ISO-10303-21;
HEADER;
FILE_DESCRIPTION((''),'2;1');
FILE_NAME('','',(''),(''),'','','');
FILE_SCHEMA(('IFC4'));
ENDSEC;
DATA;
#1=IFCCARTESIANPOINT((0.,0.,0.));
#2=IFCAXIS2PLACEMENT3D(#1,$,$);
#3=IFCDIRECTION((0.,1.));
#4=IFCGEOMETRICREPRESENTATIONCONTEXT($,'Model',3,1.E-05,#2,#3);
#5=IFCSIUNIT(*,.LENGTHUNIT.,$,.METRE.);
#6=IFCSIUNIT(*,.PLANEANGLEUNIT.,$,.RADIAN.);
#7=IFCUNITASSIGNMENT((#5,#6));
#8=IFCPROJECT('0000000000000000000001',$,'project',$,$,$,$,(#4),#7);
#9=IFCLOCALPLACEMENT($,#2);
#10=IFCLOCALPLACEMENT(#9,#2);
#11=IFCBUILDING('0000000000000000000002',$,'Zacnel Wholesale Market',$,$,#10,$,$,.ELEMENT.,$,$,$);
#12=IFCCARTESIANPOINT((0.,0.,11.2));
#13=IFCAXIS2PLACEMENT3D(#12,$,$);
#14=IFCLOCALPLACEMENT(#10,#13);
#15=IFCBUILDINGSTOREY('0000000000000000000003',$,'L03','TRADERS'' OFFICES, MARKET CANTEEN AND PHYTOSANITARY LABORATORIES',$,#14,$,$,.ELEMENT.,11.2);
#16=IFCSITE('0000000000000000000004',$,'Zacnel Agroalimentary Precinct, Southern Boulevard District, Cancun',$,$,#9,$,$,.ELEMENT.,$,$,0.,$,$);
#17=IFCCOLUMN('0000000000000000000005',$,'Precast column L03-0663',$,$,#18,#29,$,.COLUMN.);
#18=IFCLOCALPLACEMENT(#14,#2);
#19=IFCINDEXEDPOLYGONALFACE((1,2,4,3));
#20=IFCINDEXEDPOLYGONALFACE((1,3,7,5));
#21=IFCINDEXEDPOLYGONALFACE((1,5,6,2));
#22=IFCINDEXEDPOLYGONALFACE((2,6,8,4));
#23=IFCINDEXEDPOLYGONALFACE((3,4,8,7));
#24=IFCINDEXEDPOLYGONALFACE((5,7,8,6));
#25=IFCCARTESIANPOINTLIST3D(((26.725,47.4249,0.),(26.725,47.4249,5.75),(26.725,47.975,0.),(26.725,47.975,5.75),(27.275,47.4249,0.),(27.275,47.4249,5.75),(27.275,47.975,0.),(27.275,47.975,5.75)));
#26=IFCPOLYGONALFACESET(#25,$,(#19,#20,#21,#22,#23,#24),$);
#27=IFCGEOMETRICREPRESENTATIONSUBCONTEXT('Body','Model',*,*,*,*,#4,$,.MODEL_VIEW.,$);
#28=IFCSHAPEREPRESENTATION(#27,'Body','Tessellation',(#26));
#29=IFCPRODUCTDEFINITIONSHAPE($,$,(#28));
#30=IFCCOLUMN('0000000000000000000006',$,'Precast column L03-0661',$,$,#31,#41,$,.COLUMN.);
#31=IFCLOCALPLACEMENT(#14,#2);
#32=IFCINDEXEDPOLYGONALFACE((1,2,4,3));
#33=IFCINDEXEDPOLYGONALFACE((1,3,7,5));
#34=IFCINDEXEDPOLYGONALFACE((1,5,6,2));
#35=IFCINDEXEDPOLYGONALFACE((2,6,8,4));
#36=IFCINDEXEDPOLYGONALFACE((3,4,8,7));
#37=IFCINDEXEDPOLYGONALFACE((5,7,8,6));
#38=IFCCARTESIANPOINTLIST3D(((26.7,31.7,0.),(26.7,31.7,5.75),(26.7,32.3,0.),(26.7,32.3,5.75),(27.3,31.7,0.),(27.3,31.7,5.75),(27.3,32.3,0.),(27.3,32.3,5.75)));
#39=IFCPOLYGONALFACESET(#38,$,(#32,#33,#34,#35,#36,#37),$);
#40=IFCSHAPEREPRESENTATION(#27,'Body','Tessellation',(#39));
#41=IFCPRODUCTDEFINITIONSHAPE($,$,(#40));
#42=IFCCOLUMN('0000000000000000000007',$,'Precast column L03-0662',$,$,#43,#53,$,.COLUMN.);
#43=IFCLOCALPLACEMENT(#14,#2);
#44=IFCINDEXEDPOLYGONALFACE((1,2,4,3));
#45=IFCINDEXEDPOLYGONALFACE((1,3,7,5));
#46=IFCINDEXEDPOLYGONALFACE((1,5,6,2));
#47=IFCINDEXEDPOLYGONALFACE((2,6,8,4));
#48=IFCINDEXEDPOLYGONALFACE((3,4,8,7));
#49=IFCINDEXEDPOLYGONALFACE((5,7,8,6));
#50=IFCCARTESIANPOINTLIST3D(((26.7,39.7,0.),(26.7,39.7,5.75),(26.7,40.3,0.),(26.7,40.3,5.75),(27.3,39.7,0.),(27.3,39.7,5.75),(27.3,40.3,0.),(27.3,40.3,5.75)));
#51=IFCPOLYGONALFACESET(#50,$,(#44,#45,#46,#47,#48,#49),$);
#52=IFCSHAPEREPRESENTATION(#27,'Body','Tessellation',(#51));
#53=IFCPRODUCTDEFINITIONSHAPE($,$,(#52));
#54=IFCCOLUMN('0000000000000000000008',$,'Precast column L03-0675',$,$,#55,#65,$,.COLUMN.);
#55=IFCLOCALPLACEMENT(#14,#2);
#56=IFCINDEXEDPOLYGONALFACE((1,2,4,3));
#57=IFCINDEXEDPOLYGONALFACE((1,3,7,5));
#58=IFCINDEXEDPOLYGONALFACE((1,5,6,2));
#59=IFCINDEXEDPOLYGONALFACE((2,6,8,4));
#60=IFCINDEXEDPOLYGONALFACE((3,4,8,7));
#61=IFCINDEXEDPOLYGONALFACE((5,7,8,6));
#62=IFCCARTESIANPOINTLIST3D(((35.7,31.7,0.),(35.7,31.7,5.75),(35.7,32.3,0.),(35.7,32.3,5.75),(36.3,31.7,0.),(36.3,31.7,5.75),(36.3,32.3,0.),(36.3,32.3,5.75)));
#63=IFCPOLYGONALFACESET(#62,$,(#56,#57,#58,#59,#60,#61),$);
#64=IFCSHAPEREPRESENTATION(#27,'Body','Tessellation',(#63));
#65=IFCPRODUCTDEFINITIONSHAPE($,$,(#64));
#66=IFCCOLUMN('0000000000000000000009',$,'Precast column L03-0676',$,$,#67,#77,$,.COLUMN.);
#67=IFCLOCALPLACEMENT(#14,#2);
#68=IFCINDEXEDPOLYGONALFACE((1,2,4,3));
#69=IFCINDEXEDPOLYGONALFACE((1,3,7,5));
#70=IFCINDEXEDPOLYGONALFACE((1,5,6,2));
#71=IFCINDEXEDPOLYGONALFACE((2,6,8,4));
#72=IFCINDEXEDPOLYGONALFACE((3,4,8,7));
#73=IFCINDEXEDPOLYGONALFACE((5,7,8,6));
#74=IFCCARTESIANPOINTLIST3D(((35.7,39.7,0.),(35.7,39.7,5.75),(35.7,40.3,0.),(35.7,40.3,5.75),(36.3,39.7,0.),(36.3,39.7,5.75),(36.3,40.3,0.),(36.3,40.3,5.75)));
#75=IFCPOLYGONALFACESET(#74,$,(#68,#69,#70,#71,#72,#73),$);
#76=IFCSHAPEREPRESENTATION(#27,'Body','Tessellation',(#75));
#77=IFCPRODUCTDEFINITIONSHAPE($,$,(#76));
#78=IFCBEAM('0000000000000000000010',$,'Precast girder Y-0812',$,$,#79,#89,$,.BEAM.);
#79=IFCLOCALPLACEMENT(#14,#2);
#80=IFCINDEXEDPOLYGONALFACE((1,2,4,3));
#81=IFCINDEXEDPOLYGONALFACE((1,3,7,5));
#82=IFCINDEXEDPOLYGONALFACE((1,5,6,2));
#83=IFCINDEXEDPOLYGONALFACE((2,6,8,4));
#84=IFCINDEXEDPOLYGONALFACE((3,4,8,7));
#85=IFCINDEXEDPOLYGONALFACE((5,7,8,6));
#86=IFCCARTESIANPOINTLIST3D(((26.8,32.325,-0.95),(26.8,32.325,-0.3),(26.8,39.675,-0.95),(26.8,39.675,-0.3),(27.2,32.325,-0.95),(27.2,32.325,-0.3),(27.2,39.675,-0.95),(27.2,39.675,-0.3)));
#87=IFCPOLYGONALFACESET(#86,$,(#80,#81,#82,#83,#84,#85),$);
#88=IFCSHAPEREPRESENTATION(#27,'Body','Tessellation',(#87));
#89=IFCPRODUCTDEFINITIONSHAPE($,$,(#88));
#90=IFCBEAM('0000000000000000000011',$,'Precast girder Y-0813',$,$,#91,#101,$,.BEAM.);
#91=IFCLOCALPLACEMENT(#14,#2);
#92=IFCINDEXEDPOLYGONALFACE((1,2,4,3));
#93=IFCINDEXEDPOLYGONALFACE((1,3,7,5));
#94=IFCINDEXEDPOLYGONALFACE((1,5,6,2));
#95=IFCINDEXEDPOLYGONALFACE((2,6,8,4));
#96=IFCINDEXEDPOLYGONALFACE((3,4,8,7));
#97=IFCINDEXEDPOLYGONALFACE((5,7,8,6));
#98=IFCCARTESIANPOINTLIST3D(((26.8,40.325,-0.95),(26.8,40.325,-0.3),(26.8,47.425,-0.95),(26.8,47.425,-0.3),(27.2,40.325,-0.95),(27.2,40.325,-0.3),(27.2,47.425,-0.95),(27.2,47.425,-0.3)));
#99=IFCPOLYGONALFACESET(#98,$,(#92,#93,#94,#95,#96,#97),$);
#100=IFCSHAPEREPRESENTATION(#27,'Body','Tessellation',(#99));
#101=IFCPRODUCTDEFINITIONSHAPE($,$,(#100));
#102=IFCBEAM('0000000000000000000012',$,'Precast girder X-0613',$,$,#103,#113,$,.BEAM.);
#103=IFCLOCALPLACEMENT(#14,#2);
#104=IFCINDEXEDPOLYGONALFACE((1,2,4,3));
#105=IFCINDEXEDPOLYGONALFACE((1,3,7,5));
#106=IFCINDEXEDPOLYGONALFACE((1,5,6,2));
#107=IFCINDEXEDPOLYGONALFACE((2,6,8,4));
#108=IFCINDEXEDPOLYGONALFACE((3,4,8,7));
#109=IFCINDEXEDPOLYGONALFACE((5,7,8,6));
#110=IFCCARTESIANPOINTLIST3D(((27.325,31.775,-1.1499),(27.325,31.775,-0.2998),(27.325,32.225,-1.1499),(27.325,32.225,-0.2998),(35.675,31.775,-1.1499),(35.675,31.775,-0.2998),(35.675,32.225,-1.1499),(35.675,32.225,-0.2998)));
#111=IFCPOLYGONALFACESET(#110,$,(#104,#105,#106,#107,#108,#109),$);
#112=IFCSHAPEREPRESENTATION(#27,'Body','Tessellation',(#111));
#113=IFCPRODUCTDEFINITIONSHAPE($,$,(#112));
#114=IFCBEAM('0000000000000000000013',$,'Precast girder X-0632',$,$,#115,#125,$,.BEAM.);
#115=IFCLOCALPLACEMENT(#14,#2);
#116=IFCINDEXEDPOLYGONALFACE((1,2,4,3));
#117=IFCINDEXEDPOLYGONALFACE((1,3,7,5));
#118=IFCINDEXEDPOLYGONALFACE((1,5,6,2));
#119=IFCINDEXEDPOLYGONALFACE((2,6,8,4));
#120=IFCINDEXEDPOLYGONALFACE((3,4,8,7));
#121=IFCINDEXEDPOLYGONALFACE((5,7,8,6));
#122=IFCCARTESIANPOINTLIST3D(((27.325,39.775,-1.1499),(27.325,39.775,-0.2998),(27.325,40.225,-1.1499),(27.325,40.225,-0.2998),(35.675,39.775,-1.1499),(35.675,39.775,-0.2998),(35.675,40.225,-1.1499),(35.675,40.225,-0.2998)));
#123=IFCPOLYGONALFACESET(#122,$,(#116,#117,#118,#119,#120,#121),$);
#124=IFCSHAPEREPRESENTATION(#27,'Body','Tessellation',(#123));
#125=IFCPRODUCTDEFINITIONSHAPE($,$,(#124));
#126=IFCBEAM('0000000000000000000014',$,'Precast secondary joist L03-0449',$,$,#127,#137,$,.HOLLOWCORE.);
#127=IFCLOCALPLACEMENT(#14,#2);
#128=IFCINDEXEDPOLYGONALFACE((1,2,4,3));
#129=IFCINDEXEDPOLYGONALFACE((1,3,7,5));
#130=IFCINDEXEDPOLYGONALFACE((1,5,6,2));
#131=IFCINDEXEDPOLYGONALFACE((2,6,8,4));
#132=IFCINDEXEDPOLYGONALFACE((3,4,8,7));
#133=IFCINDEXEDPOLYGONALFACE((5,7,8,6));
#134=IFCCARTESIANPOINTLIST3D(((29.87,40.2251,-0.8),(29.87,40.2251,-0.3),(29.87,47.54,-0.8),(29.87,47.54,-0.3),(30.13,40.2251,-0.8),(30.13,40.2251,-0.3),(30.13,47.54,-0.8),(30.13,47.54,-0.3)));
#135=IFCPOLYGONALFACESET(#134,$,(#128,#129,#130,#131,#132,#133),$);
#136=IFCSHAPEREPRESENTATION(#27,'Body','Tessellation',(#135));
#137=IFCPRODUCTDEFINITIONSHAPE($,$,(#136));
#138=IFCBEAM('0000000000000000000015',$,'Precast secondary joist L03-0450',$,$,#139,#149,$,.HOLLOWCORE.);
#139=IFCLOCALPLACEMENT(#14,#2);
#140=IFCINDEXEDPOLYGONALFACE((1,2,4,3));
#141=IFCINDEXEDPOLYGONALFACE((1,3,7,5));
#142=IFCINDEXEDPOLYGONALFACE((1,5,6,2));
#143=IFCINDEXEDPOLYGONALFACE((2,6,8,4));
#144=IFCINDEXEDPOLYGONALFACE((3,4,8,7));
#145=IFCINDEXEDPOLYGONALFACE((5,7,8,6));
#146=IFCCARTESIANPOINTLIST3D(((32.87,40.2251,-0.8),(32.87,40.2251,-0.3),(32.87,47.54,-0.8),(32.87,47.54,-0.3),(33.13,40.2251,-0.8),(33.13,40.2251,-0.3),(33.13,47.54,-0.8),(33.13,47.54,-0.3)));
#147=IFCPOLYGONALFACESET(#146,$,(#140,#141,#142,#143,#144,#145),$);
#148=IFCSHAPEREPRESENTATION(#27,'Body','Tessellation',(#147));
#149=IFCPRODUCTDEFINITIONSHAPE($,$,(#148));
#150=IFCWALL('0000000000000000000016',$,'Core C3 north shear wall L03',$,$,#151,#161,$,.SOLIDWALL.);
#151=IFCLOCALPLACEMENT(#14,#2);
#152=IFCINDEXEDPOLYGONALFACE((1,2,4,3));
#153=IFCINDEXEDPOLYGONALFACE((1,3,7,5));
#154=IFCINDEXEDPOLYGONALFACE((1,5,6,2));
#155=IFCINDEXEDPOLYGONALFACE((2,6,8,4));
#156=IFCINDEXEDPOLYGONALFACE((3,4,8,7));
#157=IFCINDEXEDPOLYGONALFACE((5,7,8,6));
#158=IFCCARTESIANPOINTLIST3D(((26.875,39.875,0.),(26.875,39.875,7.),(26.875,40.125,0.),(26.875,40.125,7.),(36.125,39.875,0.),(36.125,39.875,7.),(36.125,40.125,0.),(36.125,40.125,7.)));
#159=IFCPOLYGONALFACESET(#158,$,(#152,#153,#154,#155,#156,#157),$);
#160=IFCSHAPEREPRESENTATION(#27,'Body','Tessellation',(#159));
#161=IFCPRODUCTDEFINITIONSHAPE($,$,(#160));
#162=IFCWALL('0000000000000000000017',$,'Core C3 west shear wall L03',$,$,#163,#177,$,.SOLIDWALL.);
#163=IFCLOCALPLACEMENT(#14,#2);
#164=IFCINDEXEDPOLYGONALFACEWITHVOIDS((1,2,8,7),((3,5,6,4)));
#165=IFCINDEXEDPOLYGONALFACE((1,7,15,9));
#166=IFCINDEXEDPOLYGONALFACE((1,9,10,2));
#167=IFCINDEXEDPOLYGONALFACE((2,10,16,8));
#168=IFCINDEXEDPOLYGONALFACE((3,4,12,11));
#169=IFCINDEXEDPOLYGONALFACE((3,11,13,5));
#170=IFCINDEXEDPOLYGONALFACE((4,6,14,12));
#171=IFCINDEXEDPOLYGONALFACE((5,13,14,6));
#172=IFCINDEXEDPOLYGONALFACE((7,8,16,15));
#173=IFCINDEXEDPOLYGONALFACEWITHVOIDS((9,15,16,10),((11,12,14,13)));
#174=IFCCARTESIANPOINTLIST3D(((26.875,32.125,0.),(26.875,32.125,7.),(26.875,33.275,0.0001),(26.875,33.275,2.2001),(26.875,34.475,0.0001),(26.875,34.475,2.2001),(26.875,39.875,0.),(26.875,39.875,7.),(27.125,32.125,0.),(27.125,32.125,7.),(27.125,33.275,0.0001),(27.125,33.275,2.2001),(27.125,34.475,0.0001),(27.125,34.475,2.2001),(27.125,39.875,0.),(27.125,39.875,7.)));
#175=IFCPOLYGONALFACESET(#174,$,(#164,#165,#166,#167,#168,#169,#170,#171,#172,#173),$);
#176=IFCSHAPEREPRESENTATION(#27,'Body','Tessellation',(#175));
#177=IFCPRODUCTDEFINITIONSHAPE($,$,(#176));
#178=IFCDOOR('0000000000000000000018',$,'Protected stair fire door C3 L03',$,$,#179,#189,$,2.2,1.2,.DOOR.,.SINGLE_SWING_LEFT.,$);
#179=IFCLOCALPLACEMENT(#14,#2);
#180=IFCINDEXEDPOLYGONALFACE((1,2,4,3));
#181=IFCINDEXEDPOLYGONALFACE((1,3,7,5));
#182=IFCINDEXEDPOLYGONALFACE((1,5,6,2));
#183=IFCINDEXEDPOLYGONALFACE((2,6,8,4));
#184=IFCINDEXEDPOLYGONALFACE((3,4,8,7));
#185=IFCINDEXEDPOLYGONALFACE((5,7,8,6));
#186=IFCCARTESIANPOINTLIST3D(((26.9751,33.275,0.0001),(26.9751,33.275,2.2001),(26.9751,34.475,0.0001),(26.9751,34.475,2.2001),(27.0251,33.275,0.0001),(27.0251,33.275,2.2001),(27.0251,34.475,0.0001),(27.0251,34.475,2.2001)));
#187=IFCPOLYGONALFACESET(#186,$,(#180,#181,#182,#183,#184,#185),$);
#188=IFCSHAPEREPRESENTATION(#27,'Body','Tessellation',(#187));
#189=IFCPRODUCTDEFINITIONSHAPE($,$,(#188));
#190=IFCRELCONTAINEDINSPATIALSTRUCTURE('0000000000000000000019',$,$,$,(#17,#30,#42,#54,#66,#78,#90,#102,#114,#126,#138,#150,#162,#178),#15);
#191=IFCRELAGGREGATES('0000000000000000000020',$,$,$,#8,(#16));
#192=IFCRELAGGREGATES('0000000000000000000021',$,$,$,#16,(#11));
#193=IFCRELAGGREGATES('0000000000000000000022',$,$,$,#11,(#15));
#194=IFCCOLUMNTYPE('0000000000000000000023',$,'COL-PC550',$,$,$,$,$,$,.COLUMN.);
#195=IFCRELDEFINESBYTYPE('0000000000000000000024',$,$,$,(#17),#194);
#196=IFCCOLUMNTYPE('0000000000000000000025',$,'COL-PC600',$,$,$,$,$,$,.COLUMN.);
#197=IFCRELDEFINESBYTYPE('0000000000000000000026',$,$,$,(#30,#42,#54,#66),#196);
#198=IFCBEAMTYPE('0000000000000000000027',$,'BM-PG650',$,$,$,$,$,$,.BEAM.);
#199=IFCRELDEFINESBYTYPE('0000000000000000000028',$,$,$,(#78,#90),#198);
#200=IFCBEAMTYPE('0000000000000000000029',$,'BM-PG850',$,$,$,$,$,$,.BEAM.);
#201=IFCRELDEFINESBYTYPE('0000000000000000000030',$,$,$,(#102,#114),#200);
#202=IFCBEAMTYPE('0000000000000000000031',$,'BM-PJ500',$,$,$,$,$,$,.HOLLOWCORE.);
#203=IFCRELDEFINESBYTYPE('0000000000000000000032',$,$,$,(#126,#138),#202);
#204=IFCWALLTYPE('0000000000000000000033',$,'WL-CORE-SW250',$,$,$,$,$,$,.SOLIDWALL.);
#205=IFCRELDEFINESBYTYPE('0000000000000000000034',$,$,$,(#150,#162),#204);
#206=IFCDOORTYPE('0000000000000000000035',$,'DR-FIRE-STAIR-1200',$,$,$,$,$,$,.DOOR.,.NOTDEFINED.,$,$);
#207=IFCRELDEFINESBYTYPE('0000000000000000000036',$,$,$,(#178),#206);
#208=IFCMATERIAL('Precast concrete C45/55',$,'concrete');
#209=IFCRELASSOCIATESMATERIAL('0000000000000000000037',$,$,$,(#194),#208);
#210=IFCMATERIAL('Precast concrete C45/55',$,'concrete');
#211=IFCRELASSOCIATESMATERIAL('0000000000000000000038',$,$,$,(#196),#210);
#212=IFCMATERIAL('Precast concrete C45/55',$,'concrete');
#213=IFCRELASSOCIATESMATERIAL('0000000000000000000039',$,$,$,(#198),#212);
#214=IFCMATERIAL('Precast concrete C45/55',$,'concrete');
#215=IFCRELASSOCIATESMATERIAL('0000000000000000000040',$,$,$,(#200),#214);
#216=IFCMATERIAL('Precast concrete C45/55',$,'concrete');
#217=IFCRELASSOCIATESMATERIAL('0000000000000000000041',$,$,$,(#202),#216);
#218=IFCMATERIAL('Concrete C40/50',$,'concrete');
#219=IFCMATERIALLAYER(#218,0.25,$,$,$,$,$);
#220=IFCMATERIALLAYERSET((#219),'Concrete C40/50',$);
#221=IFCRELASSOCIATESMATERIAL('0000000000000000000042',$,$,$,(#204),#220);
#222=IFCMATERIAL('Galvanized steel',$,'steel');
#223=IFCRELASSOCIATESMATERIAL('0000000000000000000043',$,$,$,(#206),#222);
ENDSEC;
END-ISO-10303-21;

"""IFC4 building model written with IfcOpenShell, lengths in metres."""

from ifc_helpers import new_model, si_unit, direction, frame, frame_2d, origin, origin_2d, place, context, subcontext, project, spatial, rectangle, extrude, material, layer, layer_set, material_profile, profile_set, type_object, element, fill, save


model = new_model("IFC4")

# Units and contexts
model_context = context("Model", 3, precision=1e-05, world=origin(), true_north=direction((0.0, 1.0)))
body_context = subcontext(model_context, "Body", "Model", "MODEL_VIEW")
ifc_project = project(units=[si_unit("LENGTHUNIT", "METRE"), si_unit("PLANEANGLEUNIT", "RADIAN")], contexts=[model_context])

# Site, building, storey
site_placement = place(None, origin())
site = spatial("IfcSite", under=ifc_project, at=site_placement, Name="Zacnel Agroalimentary Precinct, Southern Boulevard District, Cancun", CompositionType="ELEMENT", RefElevation=0.0)
building_placement = place(site_placement, origin())
building = spatial("IfcBuilding", under=site, at=building_placement, Name="Zacnel Wholesale Market", CompositionType="ELEMENT")
storey_placement = place(building_placement, frame((0.0, 0.0, 11.2)))
storey = spatial("IfcBuildingStorey", under=building, at=storey_placement, Name="L03", Description="TRADERS' OFFICES, MARKET CANTEEN AND PHYTOSANITARY LABORATORIES", CompositionType="ELEMENT", Elevation=11.2)

# Columns
ifc_material_1 = material(Name="Precast concrete C45/55", Category="concrete")
ifc_material_profile_1 = material_profile(ifc_material_1, rectangle(XDim=0.55, YDim=0.55, at=origin_2d()), Name="PC 550x550")
ifc_profile_set_1 = profile_set([ifc_material_profile_1], Name="Precast concrete C45/55")
column_type_1 = type_object("IfcColumnType", Name="COL-PC550", PredefinedType="COLUMN", material=ifc_profile_set_1)
column_placement = place(storey_placement, frame((27.0, 47.7, 0.0), z_axis=(0.0, 0.0, 1.0), x_axis=(1.0, 0.0, 0.0)))
element("IfcColumn", 1, at=column_placement, inside=storey, type_object=column_type_1, Name="Precast column L03-0663", PredefinedType="COLUMN", context=body_context, shape_type="SweptSolid", body=[
    extrude(rectangle(XDim=0.55, YDim=0.55, at=origin_2d()), origin(), (0.0, 0.0, 1.0), 5.75),
])
ifc_material_2 = material(Name="Precast concrete C45/55", Category="concrete")
ifc_material_profile_2 = material_profile(ifc_material_2, rectangle(XDim=0.6001, YDim=0.6001, at=origin_2d()), Name="PC 600x600")
ifc_profile_set_2 = profile_set([ifc_material_profile_2], Name="Precast concrete C45/55")
column_type_2 = type_object("IfcColumnType", Name="COL-PC600", PredefinedType="COLUMN", material=ifc_profile_set_2)
for number, where, z_axis, x_axis, name in (
    (2, (27.0, 32.0, 0.0), (0.0, 0.0, 1.0), (1.0, 0.0, 0.0), "Precast column L03-0661"),
    (3, (27.0, 40.0, 0.0), (0.0, 0.0, 1.0), (1.0, 0.0, 0.0), "Precast column L03-0662"),
    (4, (36.0, 32.0, 0.0), (0.0, 0.0, 1.0), (1.0, 0.0, 0.0), "Precast column L03-0675"),
    (5, (36.0, 40.0, 0.0), (0.0, 0.0, 1.0), (1.0, 0.0, 0.0), "Precast column L03-0676"),
):
    element("IfcColumn", number, at=place(storey_placement, frame(where, z_axis=z_axis, x_axis=x_axis)), inside=storey, type_object=column_type_2, Name=name, PredefinedType="COLUMN", context=body_context, shape_type="SweptSolid", body=[
        extrude(rectangle(XDim=0.6001, YDim=0.6001, at=origin_2d()), origin(), (0.0, 0.0, 1.0), 5.75),
    ])

# Beams
ifc_material_3 = material(Name="Precast concrete C45/55", Category="concrete")
ifc_material_profile_3 = material_profile(ifc_material_3, rectangle(XDim=0.3999, YDim=0.6499, at=origin_2d()), Name="PG 400x650")
ifc_profile_set_3 = profile_set([ifc_material_profile_3], Name="Precast concrete C45/55")
beam_type_1 = type_object("IfcBeamType", Name="BM-PG650", PredefinedType="BEAM", material=ifc_profile_set_3)
beam_1_placement = place(storey_placement, frame((27.0, 32.325, -0.625), z_axis=(0.0, 1.0, 0.0), x_axis=(-1.0, 0.0, 0.0)))
element("IfcBeam", 6, at=beam_1_placement, inside=storey, type_object=beam_type_1, Name="Precast girder Y-0812", PredefinedType="BEAM", context=body_context, shape_type="SweptSolid", body=[
    extrude(rectangle(XDim=0.3999, YDim=0.6499, at=origin_2d()), origin(), (0.0, 0.0, 1.0), 7.3501),
])
beam_2_placement = place(storey_placement, frame((27.0, 40.325, -0.625), z_axis=(0.0, 1.0, 0.0), x_axis=(-1.0, 0.0, 0.0)))
element("IfcBeam", 7, at=beam_2_placement, inside=storey, type_object=beam_type_1, Name="Precast girder Y-0813", PredefinedType="BEAM", context=body_context, shape_type="SweptSolid", body=[
    extrude(rectangle(XDim=0.3999, YDim=0.6499, at=origin_2d()), origin(), (0.0, 0.0, 1.0), 7.1001),
])
ifc_material_4 = material(Name="Precast concrete C45/55", Category="concrete")
ifc_material_profile_4 = material_profile(ifc_material_4, rectangle(XDim=0.45, YDim=0.8501, at=origin_2d()), Name="PG 450x850")
ifc_profile_set_4 = profile_set([ifc_material_profile_4], Name="Precast concrete C45/55")
beam_type_2 = type_object("IfcBeamType", Name="BM-PG850", PredefinedType="BEAM", material=ifc_profile_set_4)
for number, where, z_axis, x_axis, name in (
    (8, (27.325, 32.0, -0.7249), (1.0, 0.0, 0.0), (0.0, 1.0, 0.0), "Precast girder X-0613"),
    (9, (27.325, 40.0, -0.7249), (1.0, 0.0, 0.0), (0.0, 1.0, 0.0), "Precast girder X-0632"),
):
    element("IfcBeam", number, at=place(storey_placement, frame(where, z_axis=z_axis, x_axis=x_axis)), inside=storey, type_object=beam_type_2, Name=name, PredefinedType="BEAM", context=body_context, shape_type="SweptSolid", body=[
        extrude(rectangle(XDim=0.45, YDim=0.8501, at=origin_2d()), origin(), (0.0, 0.0, 1.0), 8.3501),
    ])
ifc_material_5 = material(Name="Precast concrete C45/55", Category="concrete")
ifc_material_profile_5 = material_profile(ifc_material_5, rectangle(XDim=0.26, YDim=0.5, at=origin_2d()), Name="PJ 260x500")
ifc_profile_set_5 = profile_set([ifc_material_profile_5], Name="Precast concrete C45/55")
beam_type_3 = type_object("IfcBeamType", Name="BM-PJ500", PredefinedType="HOLLOWCORE", material=ifc_profile_set_5)
for number, where, z_axis, x_axis, name in (
    (10, (30.0, 40.2251, -0.55), (0.0, 1.0, 0.0), (-1.0, 0.0, 0.0), "Precast secondary joist L03-0449"),
    (11, (33.0, 40.2251, -0.55), (0.0, 1.0, 0.0), (-1.0, 0.0, 0.0), "Precast secondary joist L03-0450"),
):
    element("IfcBeam", number, at=place(storey_placement, frame(where, z_axis=z_axis, x_axis=x_axis)), inside=storey, type_object=beam_type_3, Name=name, PredefinedType="HOLLOWCORE", context=body_context, shape_type="SweptSolid", body=[
        extrude(rectangle(XDim=0.26, YDim=0.5, at=origin_2d()), origin(), (0.0, 0.0, 1.0), 7.3149),
    ])

# Wall
ifc_material_6 = material(Name="Concrete C40/50", Category="concrete")
ifc_layer_1 = layer(ifc_material_6, 0.25)
ifc_layer_set_1 = layer_set([ifc_layer_1], Name="Concrete C40/50")
wall_type_1 = type_object("IfcWallType", Name="WL-CORE-SW250", PredefinedType="SOLIDWALL", material=ifc_layer_set_1)
wall_1_placement = place(storey_placement, frame((26.875, 40.0, 0.0), z_axis=(0.0, 0.0, 1.0), x_axis=(1.0, 0.0, 0.0)))
element("IfcWall", 12, at=wall_1_placement, inside=storey, type_object=wall_type_1, Name="Core C3 north shear wall L03", PredefinedType="SOLIDWALL", context=body_context, shape_type="SweptSolid", body=[
    extrude(rectangle(XDim=9.25, YDim=0.25, at=frame_2d((4.625, 0.0))), origin(), (0.0, 0.0, 1.0), 7.0),
])

# Wall, opening, door
wall_2_placement = place(storey_placement, frame((27.0, 32.125, 0.0), z_axis=(0.0, 0.0, 1.0), x_axis=(0.0, 1.0, 0.0)))
wall_2 = element("IfcWall", 13, at=wall_2_placement, inside=storey, type_object=wall_type_1, Name="Core C3 west shear wall L03", PredefinedType="SOLIDWALL", context=body_context, shape_type="SweptSolid", body=[
    extrude(rectangle(XDim=7.75, YDim=0.25, at=frame_2d((3.875, 0.0))), origin(), (0.0, 0.0, 1.0), 7.0),
])
opening_1_placement = place(wall_2_placement, frame((1.1499, 0.0, 0.0)))
opening_1 = element("IfcOpeningElement", 14, at=opening_1_placement, cuts=wall_2, PredefinedType="OPENING", context=body_context, shape_type="SweptSolid", body=[
    extrude(rectangle(XDim=1.2, YDim=2.2, at=frame_2d((0.6001, 1.1001))), frame((0.0, 0.135, 0.0), z_axis=(0.0, -1.0, 0.0), x_axis=(1.0, 0.0, 0.0)), (0.0, 0.0, 1.0), 0.27),
])
ifc_material_7 = material(Name="Galvanized steel", Category="steel")
door_type_1 = type_object("IfcDoorType", Name="DR-FIRE-STAIR-1200", OperationType="NOTDEFINED", PredefinedType="DOOR", material=ifc_material_7)
door_1_placement = place(opening_1_placement, origin())
door_1 = element("IfcDoor", 15, at=door_1_placement, inside=storey, type_object=door_type_1, Name="Protected stair fire door C3 L03", OperationType="SINGLE_SWING_LEFT", OverallHeight=2.2, OverallWidth=1.2, PredefinedType="DOOR", context=body_context, shape_type="SweptSolid", body=[
    extrude(rectangle(XDim=1.2, YDim=2.2, at=frame_2d((0.6001, 1.1001))), frame((0.0, 0.0249, 0.0), z_axis=(0.0, -1.0, 0.0), x_axis=(1.0, 0.0, 0.0)), (0.0, 0.0, 1.0), 0.05),
])
fill(opening_1, door_1)

save(model, "model.ifc")
